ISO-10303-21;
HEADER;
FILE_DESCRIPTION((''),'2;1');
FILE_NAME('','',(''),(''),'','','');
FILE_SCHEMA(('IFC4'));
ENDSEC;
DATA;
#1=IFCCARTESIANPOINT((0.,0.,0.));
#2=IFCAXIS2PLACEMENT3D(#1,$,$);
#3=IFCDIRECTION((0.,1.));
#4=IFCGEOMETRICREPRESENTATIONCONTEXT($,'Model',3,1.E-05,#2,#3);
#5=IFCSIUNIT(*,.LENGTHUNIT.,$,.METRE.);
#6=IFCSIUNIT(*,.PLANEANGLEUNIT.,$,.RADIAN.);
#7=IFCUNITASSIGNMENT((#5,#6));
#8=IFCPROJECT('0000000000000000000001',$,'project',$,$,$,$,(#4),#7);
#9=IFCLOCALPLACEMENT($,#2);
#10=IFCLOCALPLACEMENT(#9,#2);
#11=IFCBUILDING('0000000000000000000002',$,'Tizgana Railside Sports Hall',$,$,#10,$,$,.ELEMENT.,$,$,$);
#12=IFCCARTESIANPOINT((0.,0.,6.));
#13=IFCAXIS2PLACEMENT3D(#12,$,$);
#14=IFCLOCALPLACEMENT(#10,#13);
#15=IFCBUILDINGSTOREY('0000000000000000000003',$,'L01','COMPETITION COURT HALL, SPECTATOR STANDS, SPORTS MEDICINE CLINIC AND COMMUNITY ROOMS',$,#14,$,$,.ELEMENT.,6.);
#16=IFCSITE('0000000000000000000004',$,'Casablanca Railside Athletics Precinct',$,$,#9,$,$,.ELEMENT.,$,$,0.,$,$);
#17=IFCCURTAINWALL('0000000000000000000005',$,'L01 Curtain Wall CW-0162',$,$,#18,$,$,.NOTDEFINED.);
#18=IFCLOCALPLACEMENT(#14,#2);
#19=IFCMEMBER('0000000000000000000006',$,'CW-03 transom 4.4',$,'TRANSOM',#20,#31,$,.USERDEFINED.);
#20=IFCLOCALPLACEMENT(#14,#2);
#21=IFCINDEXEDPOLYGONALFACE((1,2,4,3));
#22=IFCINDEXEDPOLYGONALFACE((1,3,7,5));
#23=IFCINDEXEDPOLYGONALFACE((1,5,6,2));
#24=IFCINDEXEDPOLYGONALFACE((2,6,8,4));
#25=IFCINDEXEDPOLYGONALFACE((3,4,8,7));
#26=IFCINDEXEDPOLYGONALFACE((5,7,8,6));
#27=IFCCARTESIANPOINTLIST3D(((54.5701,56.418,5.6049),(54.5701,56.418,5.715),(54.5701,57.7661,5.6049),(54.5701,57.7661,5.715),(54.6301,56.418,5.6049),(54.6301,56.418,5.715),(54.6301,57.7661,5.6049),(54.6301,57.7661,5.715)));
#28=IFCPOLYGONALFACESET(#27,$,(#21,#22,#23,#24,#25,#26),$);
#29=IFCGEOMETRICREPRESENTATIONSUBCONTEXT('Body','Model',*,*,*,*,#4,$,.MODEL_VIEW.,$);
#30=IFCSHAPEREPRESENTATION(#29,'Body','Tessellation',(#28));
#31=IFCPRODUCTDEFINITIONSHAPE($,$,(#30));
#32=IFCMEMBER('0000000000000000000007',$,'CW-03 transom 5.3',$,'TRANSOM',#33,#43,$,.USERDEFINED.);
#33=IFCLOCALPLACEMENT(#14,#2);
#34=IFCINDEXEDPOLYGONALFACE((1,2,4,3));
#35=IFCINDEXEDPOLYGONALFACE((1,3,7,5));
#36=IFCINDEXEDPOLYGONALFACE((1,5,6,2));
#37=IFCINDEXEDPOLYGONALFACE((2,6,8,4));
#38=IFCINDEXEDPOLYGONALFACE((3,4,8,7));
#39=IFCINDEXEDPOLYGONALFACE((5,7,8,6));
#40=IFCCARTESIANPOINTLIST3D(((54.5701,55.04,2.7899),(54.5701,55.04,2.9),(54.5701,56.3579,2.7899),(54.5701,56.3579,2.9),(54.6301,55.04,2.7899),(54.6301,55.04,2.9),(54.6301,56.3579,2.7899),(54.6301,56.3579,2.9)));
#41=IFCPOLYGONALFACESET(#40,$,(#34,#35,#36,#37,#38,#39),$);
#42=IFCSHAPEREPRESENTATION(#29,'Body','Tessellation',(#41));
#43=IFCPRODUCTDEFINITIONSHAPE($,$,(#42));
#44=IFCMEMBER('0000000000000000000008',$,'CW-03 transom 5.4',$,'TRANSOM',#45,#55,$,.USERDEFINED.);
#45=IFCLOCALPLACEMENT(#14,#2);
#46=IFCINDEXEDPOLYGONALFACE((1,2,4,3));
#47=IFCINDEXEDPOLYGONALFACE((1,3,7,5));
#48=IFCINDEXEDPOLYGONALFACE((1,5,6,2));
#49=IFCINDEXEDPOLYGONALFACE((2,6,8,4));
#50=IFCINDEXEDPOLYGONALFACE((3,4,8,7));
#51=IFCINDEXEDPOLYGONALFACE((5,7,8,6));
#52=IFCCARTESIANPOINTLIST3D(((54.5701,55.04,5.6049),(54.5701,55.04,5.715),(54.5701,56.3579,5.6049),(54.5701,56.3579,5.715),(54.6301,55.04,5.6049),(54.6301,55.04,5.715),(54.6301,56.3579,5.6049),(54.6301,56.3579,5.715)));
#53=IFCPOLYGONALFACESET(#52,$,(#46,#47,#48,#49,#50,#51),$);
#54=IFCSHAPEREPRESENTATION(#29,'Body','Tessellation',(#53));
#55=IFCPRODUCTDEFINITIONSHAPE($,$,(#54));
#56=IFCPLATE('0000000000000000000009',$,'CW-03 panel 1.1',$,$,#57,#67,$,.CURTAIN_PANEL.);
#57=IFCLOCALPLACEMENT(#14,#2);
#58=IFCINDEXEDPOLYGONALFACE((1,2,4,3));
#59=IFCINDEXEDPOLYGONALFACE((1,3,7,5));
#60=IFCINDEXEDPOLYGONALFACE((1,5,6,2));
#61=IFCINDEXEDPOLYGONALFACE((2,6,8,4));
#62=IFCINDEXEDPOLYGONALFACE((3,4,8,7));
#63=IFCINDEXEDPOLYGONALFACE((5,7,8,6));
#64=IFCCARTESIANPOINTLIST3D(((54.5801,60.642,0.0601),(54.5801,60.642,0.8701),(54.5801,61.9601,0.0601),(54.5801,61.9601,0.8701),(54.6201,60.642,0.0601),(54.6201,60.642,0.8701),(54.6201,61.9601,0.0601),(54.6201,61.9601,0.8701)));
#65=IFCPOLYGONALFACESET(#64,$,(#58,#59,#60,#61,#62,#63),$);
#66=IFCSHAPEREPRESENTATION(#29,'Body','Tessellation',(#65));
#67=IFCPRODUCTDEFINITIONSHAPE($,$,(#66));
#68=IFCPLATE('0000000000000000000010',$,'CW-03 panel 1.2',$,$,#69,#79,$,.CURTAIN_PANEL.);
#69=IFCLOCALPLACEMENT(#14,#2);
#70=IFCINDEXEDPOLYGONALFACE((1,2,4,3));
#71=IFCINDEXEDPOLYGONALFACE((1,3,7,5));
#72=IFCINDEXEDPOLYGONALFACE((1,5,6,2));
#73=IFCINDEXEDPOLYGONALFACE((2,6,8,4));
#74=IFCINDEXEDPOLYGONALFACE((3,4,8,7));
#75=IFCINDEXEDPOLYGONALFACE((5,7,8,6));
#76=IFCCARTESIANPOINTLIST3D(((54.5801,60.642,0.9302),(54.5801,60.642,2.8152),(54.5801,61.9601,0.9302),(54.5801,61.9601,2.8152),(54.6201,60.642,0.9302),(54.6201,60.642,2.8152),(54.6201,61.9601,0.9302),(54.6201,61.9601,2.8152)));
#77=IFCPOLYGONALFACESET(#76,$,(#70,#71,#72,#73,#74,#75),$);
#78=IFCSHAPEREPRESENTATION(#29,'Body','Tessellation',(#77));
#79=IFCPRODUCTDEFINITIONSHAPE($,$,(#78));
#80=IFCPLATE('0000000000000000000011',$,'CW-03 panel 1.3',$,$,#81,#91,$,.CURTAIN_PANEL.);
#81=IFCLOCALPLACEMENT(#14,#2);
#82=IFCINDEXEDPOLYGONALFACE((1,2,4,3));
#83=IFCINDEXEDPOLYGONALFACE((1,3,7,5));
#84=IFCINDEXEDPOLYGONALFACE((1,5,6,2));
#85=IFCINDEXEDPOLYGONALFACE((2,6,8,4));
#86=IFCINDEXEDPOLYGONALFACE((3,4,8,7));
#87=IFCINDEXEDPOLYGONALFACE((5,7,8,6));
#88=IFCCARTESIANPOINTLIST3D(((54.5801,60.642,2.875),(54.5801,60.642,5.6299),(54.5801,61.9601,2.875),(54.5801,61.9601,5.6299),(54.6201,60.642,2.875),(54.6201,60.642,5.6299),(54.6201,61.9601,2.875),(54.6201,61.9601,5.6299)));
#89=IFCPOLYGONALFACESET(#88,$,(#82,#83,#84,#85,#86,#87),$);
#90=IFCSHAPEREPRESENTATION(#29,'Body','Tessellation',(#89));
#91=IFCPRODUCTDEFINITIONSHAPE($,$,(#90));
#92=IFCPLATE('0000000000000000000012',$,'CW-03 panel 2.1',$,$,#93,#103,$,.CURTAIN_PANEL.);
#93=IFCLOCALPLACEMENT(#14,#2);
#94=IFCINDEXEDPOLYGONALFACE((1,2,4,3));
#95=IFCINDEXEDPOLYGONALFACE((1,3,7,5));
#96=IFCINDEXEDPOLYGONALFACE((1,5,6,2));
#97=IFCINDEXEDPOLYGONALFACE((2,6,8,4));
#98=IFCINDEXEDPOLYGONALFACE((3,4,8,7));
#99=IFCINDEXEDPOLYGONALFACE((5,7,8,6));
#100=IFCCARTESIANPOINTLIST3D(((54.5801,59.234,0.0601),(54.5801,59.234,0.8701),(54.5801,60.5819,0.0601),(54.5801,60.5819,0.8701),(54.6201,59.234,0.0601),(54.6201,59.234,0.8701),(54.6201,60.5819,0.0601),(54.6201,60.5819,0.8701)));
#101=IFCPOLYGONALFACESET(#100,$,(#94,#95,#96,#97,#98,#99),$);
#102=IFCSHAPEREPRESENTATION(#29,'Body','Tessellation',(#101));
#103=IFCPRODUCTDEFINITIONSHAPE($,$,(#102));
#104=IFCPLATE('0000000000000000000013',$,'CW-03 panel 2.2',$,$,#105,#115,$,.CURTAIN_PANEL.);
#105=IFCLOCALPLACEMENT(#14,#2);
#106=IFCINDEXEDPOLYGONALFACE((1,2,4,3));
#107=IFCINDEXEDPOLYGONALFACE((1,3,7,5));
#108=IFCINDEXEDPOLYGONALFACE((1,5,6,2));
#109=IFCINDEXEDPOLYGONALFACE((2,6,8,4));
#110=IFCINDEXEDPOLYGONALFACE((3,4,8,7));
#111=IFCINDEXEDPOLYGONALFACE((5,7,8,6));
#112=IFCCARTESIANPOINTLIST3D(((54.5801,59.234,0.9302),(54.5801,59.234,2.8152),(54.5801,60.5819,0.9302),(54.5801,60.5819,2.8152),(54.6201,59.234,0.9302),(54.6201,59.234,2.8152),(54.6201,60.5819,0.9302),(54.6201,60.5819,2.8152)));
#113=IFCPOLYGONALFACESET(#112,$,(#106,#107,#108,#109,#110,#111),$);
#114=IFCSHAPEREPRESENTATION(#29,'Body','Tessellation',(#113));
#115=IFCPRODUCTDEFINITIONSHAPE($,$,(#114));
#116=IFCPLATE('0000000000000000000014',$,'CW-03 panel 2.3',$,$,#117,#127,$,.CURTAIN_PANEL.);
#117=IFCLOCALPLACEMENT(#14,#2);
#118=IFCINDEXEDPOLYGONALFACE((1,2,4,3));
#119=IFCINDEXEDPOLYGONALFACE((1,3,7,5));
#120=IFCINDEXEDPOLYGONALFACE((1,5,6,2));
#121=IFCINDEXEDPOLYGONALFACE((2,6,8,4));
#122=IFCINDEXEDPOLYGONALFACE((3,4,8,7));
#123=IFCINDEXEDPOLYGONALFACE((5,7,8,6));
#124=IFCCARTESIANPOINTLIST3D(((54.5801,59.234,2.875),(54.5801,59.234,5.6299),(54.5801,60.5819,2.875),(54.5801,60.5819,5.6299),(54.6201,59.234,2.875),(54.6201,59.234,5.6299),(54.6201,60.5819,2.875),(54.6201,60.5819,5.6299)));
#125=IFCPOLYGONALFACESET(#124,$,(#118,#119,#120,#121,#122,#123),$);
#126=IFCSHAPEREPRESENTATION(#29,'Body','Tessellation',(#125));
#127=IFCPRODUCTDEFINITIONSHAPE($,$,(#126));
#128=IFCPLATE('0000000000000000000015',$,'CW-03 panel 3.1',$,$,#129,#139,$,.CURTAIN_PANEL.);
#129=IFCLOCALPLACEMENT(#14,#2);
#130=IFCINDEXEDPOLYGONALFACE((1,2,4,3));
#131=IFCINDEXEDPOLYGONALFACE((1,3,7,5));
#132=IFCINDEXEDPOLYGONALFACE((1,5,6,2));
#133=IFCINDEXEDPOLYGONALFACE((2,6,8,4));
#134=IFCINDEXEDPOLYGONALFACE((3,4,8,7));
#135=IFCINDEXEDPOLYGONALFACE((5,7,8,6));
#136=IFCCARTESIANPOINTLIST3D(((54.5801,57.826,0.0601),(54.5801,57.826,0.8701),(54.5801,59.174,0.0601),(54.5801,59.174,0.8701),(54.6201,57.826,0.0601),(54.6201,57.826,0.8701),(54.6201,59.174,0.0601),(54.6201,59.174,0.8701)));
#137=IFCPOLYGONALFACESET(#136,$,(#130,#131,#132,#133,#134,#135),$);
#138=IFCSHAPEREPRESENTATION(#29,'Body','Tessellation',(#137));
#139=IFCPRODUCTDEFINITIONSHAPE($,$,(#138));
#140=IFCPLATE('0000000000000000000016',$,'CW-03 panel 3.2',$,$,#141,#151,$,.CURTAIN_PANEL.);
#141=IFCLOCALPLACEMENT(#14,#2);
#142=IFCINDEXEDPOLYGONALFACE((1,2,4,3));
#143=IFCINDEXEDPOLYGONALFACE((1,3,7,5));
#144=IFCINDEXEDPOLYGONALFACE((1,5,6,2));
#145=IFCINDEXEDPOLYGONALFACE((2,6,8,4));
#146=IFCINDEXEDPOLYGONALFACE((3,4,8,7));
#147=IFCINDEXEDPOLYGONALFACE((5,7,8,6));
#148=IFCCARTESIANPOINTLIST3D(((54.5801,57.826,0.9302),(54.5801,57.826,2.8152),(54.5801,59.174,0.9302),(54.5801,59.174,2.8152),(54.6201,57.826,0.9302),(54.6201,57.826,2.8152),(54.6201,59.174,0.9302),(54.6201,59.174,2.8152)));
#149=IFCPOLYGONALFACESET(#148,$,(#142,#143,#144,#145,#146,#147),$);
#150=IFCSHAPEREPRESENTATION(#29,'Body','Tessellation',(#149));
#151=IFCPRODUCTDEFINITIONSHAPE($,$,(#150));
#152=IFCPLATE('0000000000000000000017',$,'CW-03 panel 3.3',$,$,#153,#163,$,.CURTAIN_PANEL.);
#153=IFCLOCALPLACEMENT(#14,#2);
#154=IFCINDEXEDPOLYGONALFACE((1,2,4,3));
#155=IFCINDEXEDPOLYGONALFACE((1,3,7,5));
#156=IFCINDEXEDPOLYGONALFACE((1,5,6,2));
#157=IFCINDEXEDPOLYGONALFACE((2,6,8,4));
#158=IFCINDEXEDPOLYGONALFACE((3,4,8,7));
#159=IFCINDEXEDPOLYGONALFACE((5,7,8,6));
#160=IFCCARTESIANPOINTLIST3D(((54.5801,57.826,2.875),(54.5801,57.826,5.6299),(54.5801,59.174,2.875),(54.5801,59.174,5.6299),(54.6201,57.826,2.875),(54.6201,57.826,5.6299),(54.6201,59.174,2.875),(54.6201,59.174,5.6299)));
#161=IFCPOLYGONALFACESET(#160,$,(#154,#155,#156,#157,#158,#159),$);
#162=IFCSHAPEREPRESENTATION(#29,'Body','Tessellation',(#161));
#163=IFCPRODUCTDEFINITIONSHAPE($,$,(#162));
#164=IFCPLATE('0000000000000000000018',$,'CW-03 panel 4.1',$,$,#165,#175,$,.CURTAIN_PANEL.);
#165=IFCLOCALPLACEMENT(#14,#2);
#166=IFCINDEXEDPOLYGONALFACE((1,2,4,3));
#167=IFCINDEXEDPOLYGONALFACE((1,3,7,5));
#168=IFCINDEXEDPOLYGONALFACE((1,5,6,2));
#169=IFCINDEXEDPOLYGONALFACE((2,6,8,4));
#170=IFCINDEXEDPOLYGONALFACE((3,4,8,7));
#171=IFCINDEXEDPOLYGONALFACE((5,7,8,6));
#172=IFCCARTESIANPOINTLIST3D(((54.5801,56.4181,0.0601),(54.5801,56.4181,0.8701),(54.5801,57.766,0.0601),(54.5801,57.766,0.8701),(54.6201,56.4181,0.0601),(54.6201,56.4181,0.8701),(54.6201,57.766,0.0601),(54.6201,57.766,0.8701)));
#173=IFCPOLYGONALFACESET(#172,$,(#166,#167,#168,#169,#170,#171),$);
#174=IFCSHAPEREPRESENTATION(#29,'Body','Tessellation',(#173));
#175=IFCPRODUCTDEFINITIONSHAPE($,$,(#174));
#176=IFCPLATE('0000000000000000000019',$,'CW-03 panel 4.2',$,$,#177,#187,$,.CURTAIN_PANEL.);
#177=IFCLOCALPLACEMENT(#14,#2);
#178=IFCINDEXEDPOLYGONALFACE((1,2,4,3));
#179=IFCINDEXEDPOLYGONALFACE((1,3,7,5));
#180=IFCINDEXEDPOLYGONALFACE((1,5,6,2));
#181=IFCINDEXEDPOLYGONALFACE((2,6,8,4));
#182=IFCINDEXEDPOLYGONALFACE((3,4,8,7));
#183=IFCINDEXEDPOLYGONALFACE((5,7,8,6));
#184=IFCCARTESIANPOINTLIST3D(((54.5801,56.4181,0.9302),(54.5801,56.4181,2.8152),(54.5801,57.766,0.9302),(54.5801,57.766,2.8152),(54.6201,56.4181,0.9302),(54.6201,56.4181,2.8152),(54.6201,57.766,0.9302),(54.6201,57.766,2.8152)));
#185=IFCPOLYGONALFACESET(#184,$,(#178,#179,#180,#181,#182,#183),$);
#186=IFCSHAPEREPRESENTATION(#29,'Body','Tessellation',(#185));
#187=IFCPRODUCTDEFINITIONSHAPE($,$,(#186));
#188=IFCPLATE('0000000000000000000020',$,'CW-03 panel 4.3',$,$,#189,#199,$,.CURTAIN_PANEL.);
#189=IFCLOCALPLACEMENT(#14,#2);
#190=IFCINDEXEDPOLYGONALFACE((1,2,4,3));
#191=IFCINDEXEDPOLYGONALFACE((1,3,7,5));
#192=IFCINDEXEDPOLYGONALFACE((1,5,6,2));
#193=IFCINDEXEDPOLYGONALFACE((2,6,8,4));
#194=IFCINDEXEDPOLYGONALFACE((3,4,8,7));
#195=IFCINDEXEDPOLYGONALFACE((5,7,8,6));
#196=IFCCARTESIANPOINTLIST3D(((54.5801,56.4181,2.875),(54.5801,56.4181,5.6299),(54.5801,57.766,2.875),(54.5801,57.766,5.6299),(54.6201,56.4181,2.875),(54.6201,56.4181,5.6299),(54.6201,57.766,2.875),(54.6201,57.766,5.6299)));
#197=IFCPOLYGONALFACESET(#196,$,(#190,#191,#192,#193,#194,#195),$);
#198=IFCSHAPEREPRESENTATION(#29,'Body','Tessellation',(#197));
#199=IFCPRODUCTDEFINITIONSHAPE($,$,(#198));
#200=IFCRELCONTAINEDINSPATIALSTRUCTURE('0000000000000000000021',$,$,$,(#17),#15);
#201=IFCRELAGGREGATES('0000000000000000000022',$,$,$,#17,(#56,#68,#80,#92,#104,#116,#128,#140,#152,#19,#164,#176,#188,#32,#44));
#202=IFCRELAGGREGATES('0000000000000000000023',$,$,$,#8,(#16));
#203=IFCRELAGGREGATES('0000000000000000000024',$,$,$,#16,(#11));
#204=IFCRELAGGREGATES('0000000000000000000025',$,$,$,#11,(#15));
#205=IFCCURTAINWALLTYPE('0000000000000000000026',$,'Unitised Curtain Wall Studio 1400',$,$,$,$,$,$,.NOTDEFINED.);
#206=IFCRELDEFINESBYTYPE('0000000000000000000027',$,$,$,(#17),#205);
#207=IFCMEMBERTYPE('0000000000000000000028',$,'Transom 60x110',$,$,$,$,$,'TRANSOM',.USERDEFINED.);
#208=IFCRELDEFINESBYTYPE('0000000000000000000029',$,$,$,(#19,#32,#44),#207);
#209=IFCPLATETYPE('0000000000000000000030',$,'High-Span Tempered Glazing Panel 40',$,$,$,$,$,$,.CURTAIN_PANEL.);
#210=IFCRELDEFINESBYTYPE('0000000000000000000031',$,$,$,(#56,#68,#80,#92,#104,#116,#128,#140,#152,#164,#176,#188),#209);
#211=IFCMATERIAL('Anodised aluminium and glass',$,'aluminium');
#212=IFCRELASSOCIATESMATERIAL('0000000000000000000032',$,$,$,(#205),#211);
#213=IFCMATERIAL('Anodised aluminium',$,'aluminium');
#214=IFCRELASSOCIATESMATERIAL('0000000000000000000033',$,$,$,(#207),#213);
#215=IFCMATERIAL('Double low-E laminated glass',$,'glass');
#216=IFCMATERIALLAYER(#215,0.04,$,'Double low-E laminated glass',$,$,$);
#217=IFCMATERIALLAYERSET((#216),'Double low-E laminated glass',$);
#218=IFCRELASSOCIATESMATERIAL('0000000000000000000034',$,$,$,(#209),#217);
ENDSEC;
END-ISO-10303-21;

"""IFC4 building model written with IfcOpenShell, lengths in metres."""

from ifc_helpers import new_model, si_unit, direction, frame, origin, origin_2d, place, context, subcontext, project, spatial, rectangle, extrude, material, layer, layer_set, material_profile, profile_set, type_object, element, aggregate, save


model = new_model("IFC4")

# Units and contexts
model_context = context("Model", 3, precision=1e-05, world=origin(), true_north=direction((0.0, 1.0)))
body_context = subcontext(model_context, "Body", "Model", "MODEL_VIEW")
ifc_project = project(units=[si_unit("LENGTHUNIT", "METRE"), si_unit("PLANEANGLEUNIT", "RADIAN")], contexts=[model_context])

# Site, building, storey
site_placement = place(None, origin())
site = spatial("IfcSite", under=ifc_project, at=site_placement, Name="Casablanca Railside Athletics Precinct", CompositionType="ELEMENT", RefElevation=0.0)
building_placement = place(site_placement, origin())
building = spatial("IfcBuilding", under=site, at=building_placement, Name="Tizgana Railside Sports Hall", CompositionType="ELEMENT")
storey_placement = place(building_placement, frame((0.0, 0.0, 6.0)))
storey = spatial("IfcBuildingStorey", under=building, at=storey_placement, Name="L01", Description="COMPETITION COURT HALL, SPECTATOR STANDS, SPORTS MEDICINE CLINIC AND COMMUNITY ROOMS", CompositionType="ELEMENT", Elevation=6.0)

# Curtain wall, members, plates
ifc_material_1 = material(Name="Anodised aluminium and glass", Category="aluminium")
curtain_wall_type = type_object("IfcCurtainWallType", Name="Unitised Curtain Wall Studio 1400", PredefinedType="NOTDEFINED", material=ifc_material_1)
curtain_wall_placement = place(storey_placement, origin())
curtain_wall = element("IfcCurtainWall", 1, at=curtain_wall_placement, inside=storey, type_object=curtain_wall_type, Name="L01 Curtain Wall CW-0162", PredefinedType="NOTDEFINED")
ifc_material_2 = material(Name="Anodised aluminium", Category="aluminium")
ifc_material_profile_1 = material_profile(ifc_material_2, rectangle(XDim=0.0601, YDim=0.1101, at=origin_2d()), Name="Transom 60x110")
ifc_profile_set_1 = profile_set([ifc_material_profile_1], Name="Anodised aluminium")
member_type_1 = type_object("IfcMemberType", Name="Transom 60x110", ElementType="TRANSOM", PredefinedType="USERDEFINED", material=ifc_profile_set_1)
member_1_placement = place(storey_placement, frame((54.6001, 57.7661, 5.6599), z_axis=(0.0, -1.0, 0.0), x_axis=(1.0, 0.0, 0.0)))
member_1 = element("IfcMember", 2, at=member_1_placement, type_object=member_type_1, Name="CW-03 transom 4.4", ObjectType="TRANSOM", PredefinedType="USERDEFINED", context=body_context, shape_type="SweptSolid", body=[
    extrude(rectangle(XDim=0.0601, YDim=0.1101, at=origin_2d()), origin(), (0.0, 0.0, 1.0), 1.3481),
])
member_2_placement = place(storey_placement, frame((54.6001, 56.3579, 2.845), z_axis=(0.0, -1.0, 0.0), x_axis=(1.0, 0.0, 0.0)))
member_2 = element("IfcMember", 3, at=member_2_placement, type_object=member_type_1, Name="CW-03 transom 5.3", ObjectType="TRANSOM", PredefinedType="USERDEFINED", context=body_context, shape_type="SweptSolid", body=[
    extrude(rectangle(XDim=0.0601, YDim=0.1101, at=origin_2d()), origin(), (0.0, 0.0, 1.0), 1.3179),
])
member_3_placement = place(storey_placement, frame((54.6001, 56.3579, 5.6599), z_axis=(0.0, -1.0, 0.0), x_axis=(1.0, 0.0, 0.0)))
member_3 = element("IfcMember", 4, at=member_3_placement, type_object=member_type_1, Name="CW-03 transom 5.4", ObjectType="TRANSOM", PredefinedType="USERDEFINED", context=body_context, shape_type="SweptSolid", body=[
    extrude(rectangle(XDim=0.0601, YDim=0.1101, at=origin_2d()), origin(), (0.0, 0.0, 1.0), 1.3179),
])
ifc_material_3 = material(Name="Double low-E laminated glass", Category="glass")
ifc_layer = layer(ifc_material_3, 0.04, Name="Double low-E laminated glass")
ifc_layer_set = layer_set([ifc_layer], Name="Double low-E laminated glass")
plate_type = type_object("IfcPlateType", Name="High-Span Tempered Glazing Panel 40", PredefinedType="CURTAIN_PANEL", material=ifc_layer_set)
plate_1_placement = place(storey_placement, frame((54.6001, 61.301, 0.0601), z_axis=(0.0, 0.0, 1.0), x_axis=(0.0, -1.0, 0.0)))
plate_1 = element("IfcPlate", 5, at=plate_1_placement, type_object=plate_type, Name="CW-03 panel 1.1", PredefinedType="CURTAIN_PANEL", context=body_context, shape_type="SweptSolid", body=[
    extrude(rectangle(XDim=1.3181, YDim=0.04, at=origin_2d()), origin(), (0.0, 0.0, 1.0), 0.8101),
])
plate_2_placement = place(storey_placement, frame((54.6001, 61.301, 0.9302), z_axis=(0.0, 0.0, 1.0), x_axis=(0.0, -1.0, 0.0)))
plate_2 = element("IfcPlate", 6, at=plate_2_placement, type_object=plate_type, Name="CW-03 panel 1.2", PredefinedType="CURTAIN_PANEL", context=body_context, shape_type="SweptSolid", body=[
    extrude(rectangle(XDim=1.3181, YDim=0.04, at=origin_2d()), origin(), (0.0, 0.0, 1.0), 1.885),
])
plate_3_placement = place(storey_placement, frame((54.6001, 61.301, 2.875), z_axis=(0.0, 0.0, 1.0), x_axis=(0.0, -1.0, 0.0)))
plate_3 = element("IfcPlate", 7, at=plate_3_placement, type_object=plate_type, Name="CW-03 panel 1.3", PredefinedType="CURTAIN_PANEL", context=body_context, shape_type="SweptSolid", body=[
    extrude(rectangle(XDim=1.3181, YDim=0.04, at=origin_2d()), origin(), (0.0, 0.0, 1.0), 2.7549),
])
plate_4_placement = place(storey_placement, frame((54.6001, 59.908, 0.0601), z_axis=(0.0, 0.0, 1.0), x_axis=(0.0, -1.0, 0.0)))
plate_4 = element("IfcPlate", 8, at=plate_4_placement, type_object=plate_type, Name="CW-03 panel 2.1", PredefinedType="CURTAIN_PANEL", context=body_context, shape_type="SweptSolid", body=[
    extrude(rectangle(XDim=1.3479, YDim=0.04, at=origin_2d()), origin(), (0.0, 0.0, 1.0), 0.8101),
])
plate_5_placement = place(storey_placement, frame((54.6001, 59.908, 0.9302), z_axis=(0.0, 0.0, 1.0), x_axis=(0.0, -1.0, 0.0)))
plate_5 = element("IfcPlate", 9, at=plate_5_placement, type_object=plate_type, Name="CW-03 panel 2.2", PredefinedType="CURTAIN_PANEL", context=body_context, shape_type="SweptSolid", body=[
    extrude(rectangle(XDim=1.3479, YDim=0.04, at=origin_2d()), origin(), (0.0, 0.0, 1.0), 1.885),
])
plate_6_placement = place(storey_placement, frame((54.6001, 59.908, 2.875), z_axis=(0.0, 0.0, 1.0), x_axis=(0.0, -1.0, 0.0)))
plate_6 = element("IfcPlate", 10, at=plate_6_placement, type_object=plate_type, Name="CW-03 panel 2.3", PredefinedType="CURTAIN_PANEL", context=body_context, shape_type="SweptSolid", body=[
    extrude(rectangle(XDim=1.3479, YDim=0.04, at=origin_2d()), origin(), (0.0, 0.0, 1.0), 2.7549),
])
plate_7_placement = place(storey_placement, frame((54.6001, 58.5, 0.0601), z_axis=(0.0, 0.0, 1.0), x_axis=(0.0, -1.0, 0.0)))
plate_7 = element("IfcPlate", 11, at=plate_7_placement, type_object=plate_type, Name="CW-03 panel 3.1", PredefinedType="CURTAIN_PANEL", context=body_context, shape_type="SweptSolid", body=[
    extrude(rectangle(XDim=1.3479, YDim=0.04, at=origin_2d()), origin(), (0.0, 0.0, 1.0), 0.8101),
])
plate_8_placement = place(storey_placement, frame((54.6001, 58.5, 0.9302), z_axis=(0.0, 0.0, 1.0), x_axis=(0.0, -1.0, 0.0)))
plate_8 = element("IfcPlate", 12, at=plate_8_placement, type_object=plate_type, Name="CW-03 panel 3.2", PredefinedType="CURTAIN_PANEL", context=body_context, shape_type="SweptSolid", body=[
    extrude(rectangle(XDim=1.3479, YDim=0.04, at=origin_2d()), origin(), (0.0, 0.0, 1.0), 1.885),
])
plate_9_placement = place(storey_placement, frame((54.6001, 58.5, 2.875), z_axis=(0.0, 0.0, 1.0), x_axis=(0.0, -1.0, 0.0)))
plate_9 = element("IfcPlate", 13, at=plate_9_placement, type_object=plate_type, Name="CW-03 panel 3.3", PredefinedType="CURTAIN_PANEL", context=body_context, shape_type="SweptSolid", body=[
    extrude(rectangle(XDim=1.3479, YDim=0.04, at=origin_2d()), origin(), (0.0, 0.0, 1.0), 2.7549),
])
plate_10_placement = place(storey_placement, frame((54.6001, 57.092, 0.0601), z_axis=(0.0, 0.0, 1.0), x_axis=(0.0, -1.0, 0.0)))
plate_10 = element("IfcPlate", 14, at=plate_10_placement, type_object=plate_type, Name="CW-03 panel 4.1", PredefinedType="CURTAIN_PANEL", context=body_context, shape_type="SweptSolid", body=[
    extrude(rectangle(XDim=1.3479, YDim=0.04, at=origin_2d()), origin(), (0.0, 0.0, 1.0), 0.8101),
])
plate_11_placement = place(storey_placement, frame((54.6001, 57.092, 0.9302), z_axis=(0.0, 0.0, 1.0), x_axis=(0.0, -1.0, 0.0)))
plate_11 = element("IfcPlate", 15, at=plate_11_placement, type_object=plate_type, Name="CW-03 panel 4.2", PredefinedType="CURTAIN_PANEL", context=body_context, shape_type="SweptSolid", body=[
    extrude(rectangle(XDim=1.3479, YDim=0.04, at=origin_2d()), origin(), (0.0, 0.0, 1.0), 1.885),
])
plate_12_placement = place(storey_placement, frame((54.6001, 57.092, 2.875), z_axis=(0.0, 0.0, 1.0), x_axis=(0.0, -1.0, 0.0)))
plate_12 = element("IfcPlate", 16, at=plate_12_placement, type_object=plate_type, Name="CW-03 panel 4.3", PredefinedType="CURTAIN_PANEL", context=body_context, shape_type="SweptSolid", body=[
    extrude(rectangle(XDim=1.3479, YDim=0.04, at=origin_2d()), origin(), (0.0, 0.0, 1.0), 2.7549),
])
aggregate(curtain_wall, [plate_1, plate_2, plate_3, plate_4, plate_5, plate_6, plate_7, plate_8, plate_9, member_1, plate_10, plate_11, plate_12, member_2, member_3])

save(model, "model.ifc")
